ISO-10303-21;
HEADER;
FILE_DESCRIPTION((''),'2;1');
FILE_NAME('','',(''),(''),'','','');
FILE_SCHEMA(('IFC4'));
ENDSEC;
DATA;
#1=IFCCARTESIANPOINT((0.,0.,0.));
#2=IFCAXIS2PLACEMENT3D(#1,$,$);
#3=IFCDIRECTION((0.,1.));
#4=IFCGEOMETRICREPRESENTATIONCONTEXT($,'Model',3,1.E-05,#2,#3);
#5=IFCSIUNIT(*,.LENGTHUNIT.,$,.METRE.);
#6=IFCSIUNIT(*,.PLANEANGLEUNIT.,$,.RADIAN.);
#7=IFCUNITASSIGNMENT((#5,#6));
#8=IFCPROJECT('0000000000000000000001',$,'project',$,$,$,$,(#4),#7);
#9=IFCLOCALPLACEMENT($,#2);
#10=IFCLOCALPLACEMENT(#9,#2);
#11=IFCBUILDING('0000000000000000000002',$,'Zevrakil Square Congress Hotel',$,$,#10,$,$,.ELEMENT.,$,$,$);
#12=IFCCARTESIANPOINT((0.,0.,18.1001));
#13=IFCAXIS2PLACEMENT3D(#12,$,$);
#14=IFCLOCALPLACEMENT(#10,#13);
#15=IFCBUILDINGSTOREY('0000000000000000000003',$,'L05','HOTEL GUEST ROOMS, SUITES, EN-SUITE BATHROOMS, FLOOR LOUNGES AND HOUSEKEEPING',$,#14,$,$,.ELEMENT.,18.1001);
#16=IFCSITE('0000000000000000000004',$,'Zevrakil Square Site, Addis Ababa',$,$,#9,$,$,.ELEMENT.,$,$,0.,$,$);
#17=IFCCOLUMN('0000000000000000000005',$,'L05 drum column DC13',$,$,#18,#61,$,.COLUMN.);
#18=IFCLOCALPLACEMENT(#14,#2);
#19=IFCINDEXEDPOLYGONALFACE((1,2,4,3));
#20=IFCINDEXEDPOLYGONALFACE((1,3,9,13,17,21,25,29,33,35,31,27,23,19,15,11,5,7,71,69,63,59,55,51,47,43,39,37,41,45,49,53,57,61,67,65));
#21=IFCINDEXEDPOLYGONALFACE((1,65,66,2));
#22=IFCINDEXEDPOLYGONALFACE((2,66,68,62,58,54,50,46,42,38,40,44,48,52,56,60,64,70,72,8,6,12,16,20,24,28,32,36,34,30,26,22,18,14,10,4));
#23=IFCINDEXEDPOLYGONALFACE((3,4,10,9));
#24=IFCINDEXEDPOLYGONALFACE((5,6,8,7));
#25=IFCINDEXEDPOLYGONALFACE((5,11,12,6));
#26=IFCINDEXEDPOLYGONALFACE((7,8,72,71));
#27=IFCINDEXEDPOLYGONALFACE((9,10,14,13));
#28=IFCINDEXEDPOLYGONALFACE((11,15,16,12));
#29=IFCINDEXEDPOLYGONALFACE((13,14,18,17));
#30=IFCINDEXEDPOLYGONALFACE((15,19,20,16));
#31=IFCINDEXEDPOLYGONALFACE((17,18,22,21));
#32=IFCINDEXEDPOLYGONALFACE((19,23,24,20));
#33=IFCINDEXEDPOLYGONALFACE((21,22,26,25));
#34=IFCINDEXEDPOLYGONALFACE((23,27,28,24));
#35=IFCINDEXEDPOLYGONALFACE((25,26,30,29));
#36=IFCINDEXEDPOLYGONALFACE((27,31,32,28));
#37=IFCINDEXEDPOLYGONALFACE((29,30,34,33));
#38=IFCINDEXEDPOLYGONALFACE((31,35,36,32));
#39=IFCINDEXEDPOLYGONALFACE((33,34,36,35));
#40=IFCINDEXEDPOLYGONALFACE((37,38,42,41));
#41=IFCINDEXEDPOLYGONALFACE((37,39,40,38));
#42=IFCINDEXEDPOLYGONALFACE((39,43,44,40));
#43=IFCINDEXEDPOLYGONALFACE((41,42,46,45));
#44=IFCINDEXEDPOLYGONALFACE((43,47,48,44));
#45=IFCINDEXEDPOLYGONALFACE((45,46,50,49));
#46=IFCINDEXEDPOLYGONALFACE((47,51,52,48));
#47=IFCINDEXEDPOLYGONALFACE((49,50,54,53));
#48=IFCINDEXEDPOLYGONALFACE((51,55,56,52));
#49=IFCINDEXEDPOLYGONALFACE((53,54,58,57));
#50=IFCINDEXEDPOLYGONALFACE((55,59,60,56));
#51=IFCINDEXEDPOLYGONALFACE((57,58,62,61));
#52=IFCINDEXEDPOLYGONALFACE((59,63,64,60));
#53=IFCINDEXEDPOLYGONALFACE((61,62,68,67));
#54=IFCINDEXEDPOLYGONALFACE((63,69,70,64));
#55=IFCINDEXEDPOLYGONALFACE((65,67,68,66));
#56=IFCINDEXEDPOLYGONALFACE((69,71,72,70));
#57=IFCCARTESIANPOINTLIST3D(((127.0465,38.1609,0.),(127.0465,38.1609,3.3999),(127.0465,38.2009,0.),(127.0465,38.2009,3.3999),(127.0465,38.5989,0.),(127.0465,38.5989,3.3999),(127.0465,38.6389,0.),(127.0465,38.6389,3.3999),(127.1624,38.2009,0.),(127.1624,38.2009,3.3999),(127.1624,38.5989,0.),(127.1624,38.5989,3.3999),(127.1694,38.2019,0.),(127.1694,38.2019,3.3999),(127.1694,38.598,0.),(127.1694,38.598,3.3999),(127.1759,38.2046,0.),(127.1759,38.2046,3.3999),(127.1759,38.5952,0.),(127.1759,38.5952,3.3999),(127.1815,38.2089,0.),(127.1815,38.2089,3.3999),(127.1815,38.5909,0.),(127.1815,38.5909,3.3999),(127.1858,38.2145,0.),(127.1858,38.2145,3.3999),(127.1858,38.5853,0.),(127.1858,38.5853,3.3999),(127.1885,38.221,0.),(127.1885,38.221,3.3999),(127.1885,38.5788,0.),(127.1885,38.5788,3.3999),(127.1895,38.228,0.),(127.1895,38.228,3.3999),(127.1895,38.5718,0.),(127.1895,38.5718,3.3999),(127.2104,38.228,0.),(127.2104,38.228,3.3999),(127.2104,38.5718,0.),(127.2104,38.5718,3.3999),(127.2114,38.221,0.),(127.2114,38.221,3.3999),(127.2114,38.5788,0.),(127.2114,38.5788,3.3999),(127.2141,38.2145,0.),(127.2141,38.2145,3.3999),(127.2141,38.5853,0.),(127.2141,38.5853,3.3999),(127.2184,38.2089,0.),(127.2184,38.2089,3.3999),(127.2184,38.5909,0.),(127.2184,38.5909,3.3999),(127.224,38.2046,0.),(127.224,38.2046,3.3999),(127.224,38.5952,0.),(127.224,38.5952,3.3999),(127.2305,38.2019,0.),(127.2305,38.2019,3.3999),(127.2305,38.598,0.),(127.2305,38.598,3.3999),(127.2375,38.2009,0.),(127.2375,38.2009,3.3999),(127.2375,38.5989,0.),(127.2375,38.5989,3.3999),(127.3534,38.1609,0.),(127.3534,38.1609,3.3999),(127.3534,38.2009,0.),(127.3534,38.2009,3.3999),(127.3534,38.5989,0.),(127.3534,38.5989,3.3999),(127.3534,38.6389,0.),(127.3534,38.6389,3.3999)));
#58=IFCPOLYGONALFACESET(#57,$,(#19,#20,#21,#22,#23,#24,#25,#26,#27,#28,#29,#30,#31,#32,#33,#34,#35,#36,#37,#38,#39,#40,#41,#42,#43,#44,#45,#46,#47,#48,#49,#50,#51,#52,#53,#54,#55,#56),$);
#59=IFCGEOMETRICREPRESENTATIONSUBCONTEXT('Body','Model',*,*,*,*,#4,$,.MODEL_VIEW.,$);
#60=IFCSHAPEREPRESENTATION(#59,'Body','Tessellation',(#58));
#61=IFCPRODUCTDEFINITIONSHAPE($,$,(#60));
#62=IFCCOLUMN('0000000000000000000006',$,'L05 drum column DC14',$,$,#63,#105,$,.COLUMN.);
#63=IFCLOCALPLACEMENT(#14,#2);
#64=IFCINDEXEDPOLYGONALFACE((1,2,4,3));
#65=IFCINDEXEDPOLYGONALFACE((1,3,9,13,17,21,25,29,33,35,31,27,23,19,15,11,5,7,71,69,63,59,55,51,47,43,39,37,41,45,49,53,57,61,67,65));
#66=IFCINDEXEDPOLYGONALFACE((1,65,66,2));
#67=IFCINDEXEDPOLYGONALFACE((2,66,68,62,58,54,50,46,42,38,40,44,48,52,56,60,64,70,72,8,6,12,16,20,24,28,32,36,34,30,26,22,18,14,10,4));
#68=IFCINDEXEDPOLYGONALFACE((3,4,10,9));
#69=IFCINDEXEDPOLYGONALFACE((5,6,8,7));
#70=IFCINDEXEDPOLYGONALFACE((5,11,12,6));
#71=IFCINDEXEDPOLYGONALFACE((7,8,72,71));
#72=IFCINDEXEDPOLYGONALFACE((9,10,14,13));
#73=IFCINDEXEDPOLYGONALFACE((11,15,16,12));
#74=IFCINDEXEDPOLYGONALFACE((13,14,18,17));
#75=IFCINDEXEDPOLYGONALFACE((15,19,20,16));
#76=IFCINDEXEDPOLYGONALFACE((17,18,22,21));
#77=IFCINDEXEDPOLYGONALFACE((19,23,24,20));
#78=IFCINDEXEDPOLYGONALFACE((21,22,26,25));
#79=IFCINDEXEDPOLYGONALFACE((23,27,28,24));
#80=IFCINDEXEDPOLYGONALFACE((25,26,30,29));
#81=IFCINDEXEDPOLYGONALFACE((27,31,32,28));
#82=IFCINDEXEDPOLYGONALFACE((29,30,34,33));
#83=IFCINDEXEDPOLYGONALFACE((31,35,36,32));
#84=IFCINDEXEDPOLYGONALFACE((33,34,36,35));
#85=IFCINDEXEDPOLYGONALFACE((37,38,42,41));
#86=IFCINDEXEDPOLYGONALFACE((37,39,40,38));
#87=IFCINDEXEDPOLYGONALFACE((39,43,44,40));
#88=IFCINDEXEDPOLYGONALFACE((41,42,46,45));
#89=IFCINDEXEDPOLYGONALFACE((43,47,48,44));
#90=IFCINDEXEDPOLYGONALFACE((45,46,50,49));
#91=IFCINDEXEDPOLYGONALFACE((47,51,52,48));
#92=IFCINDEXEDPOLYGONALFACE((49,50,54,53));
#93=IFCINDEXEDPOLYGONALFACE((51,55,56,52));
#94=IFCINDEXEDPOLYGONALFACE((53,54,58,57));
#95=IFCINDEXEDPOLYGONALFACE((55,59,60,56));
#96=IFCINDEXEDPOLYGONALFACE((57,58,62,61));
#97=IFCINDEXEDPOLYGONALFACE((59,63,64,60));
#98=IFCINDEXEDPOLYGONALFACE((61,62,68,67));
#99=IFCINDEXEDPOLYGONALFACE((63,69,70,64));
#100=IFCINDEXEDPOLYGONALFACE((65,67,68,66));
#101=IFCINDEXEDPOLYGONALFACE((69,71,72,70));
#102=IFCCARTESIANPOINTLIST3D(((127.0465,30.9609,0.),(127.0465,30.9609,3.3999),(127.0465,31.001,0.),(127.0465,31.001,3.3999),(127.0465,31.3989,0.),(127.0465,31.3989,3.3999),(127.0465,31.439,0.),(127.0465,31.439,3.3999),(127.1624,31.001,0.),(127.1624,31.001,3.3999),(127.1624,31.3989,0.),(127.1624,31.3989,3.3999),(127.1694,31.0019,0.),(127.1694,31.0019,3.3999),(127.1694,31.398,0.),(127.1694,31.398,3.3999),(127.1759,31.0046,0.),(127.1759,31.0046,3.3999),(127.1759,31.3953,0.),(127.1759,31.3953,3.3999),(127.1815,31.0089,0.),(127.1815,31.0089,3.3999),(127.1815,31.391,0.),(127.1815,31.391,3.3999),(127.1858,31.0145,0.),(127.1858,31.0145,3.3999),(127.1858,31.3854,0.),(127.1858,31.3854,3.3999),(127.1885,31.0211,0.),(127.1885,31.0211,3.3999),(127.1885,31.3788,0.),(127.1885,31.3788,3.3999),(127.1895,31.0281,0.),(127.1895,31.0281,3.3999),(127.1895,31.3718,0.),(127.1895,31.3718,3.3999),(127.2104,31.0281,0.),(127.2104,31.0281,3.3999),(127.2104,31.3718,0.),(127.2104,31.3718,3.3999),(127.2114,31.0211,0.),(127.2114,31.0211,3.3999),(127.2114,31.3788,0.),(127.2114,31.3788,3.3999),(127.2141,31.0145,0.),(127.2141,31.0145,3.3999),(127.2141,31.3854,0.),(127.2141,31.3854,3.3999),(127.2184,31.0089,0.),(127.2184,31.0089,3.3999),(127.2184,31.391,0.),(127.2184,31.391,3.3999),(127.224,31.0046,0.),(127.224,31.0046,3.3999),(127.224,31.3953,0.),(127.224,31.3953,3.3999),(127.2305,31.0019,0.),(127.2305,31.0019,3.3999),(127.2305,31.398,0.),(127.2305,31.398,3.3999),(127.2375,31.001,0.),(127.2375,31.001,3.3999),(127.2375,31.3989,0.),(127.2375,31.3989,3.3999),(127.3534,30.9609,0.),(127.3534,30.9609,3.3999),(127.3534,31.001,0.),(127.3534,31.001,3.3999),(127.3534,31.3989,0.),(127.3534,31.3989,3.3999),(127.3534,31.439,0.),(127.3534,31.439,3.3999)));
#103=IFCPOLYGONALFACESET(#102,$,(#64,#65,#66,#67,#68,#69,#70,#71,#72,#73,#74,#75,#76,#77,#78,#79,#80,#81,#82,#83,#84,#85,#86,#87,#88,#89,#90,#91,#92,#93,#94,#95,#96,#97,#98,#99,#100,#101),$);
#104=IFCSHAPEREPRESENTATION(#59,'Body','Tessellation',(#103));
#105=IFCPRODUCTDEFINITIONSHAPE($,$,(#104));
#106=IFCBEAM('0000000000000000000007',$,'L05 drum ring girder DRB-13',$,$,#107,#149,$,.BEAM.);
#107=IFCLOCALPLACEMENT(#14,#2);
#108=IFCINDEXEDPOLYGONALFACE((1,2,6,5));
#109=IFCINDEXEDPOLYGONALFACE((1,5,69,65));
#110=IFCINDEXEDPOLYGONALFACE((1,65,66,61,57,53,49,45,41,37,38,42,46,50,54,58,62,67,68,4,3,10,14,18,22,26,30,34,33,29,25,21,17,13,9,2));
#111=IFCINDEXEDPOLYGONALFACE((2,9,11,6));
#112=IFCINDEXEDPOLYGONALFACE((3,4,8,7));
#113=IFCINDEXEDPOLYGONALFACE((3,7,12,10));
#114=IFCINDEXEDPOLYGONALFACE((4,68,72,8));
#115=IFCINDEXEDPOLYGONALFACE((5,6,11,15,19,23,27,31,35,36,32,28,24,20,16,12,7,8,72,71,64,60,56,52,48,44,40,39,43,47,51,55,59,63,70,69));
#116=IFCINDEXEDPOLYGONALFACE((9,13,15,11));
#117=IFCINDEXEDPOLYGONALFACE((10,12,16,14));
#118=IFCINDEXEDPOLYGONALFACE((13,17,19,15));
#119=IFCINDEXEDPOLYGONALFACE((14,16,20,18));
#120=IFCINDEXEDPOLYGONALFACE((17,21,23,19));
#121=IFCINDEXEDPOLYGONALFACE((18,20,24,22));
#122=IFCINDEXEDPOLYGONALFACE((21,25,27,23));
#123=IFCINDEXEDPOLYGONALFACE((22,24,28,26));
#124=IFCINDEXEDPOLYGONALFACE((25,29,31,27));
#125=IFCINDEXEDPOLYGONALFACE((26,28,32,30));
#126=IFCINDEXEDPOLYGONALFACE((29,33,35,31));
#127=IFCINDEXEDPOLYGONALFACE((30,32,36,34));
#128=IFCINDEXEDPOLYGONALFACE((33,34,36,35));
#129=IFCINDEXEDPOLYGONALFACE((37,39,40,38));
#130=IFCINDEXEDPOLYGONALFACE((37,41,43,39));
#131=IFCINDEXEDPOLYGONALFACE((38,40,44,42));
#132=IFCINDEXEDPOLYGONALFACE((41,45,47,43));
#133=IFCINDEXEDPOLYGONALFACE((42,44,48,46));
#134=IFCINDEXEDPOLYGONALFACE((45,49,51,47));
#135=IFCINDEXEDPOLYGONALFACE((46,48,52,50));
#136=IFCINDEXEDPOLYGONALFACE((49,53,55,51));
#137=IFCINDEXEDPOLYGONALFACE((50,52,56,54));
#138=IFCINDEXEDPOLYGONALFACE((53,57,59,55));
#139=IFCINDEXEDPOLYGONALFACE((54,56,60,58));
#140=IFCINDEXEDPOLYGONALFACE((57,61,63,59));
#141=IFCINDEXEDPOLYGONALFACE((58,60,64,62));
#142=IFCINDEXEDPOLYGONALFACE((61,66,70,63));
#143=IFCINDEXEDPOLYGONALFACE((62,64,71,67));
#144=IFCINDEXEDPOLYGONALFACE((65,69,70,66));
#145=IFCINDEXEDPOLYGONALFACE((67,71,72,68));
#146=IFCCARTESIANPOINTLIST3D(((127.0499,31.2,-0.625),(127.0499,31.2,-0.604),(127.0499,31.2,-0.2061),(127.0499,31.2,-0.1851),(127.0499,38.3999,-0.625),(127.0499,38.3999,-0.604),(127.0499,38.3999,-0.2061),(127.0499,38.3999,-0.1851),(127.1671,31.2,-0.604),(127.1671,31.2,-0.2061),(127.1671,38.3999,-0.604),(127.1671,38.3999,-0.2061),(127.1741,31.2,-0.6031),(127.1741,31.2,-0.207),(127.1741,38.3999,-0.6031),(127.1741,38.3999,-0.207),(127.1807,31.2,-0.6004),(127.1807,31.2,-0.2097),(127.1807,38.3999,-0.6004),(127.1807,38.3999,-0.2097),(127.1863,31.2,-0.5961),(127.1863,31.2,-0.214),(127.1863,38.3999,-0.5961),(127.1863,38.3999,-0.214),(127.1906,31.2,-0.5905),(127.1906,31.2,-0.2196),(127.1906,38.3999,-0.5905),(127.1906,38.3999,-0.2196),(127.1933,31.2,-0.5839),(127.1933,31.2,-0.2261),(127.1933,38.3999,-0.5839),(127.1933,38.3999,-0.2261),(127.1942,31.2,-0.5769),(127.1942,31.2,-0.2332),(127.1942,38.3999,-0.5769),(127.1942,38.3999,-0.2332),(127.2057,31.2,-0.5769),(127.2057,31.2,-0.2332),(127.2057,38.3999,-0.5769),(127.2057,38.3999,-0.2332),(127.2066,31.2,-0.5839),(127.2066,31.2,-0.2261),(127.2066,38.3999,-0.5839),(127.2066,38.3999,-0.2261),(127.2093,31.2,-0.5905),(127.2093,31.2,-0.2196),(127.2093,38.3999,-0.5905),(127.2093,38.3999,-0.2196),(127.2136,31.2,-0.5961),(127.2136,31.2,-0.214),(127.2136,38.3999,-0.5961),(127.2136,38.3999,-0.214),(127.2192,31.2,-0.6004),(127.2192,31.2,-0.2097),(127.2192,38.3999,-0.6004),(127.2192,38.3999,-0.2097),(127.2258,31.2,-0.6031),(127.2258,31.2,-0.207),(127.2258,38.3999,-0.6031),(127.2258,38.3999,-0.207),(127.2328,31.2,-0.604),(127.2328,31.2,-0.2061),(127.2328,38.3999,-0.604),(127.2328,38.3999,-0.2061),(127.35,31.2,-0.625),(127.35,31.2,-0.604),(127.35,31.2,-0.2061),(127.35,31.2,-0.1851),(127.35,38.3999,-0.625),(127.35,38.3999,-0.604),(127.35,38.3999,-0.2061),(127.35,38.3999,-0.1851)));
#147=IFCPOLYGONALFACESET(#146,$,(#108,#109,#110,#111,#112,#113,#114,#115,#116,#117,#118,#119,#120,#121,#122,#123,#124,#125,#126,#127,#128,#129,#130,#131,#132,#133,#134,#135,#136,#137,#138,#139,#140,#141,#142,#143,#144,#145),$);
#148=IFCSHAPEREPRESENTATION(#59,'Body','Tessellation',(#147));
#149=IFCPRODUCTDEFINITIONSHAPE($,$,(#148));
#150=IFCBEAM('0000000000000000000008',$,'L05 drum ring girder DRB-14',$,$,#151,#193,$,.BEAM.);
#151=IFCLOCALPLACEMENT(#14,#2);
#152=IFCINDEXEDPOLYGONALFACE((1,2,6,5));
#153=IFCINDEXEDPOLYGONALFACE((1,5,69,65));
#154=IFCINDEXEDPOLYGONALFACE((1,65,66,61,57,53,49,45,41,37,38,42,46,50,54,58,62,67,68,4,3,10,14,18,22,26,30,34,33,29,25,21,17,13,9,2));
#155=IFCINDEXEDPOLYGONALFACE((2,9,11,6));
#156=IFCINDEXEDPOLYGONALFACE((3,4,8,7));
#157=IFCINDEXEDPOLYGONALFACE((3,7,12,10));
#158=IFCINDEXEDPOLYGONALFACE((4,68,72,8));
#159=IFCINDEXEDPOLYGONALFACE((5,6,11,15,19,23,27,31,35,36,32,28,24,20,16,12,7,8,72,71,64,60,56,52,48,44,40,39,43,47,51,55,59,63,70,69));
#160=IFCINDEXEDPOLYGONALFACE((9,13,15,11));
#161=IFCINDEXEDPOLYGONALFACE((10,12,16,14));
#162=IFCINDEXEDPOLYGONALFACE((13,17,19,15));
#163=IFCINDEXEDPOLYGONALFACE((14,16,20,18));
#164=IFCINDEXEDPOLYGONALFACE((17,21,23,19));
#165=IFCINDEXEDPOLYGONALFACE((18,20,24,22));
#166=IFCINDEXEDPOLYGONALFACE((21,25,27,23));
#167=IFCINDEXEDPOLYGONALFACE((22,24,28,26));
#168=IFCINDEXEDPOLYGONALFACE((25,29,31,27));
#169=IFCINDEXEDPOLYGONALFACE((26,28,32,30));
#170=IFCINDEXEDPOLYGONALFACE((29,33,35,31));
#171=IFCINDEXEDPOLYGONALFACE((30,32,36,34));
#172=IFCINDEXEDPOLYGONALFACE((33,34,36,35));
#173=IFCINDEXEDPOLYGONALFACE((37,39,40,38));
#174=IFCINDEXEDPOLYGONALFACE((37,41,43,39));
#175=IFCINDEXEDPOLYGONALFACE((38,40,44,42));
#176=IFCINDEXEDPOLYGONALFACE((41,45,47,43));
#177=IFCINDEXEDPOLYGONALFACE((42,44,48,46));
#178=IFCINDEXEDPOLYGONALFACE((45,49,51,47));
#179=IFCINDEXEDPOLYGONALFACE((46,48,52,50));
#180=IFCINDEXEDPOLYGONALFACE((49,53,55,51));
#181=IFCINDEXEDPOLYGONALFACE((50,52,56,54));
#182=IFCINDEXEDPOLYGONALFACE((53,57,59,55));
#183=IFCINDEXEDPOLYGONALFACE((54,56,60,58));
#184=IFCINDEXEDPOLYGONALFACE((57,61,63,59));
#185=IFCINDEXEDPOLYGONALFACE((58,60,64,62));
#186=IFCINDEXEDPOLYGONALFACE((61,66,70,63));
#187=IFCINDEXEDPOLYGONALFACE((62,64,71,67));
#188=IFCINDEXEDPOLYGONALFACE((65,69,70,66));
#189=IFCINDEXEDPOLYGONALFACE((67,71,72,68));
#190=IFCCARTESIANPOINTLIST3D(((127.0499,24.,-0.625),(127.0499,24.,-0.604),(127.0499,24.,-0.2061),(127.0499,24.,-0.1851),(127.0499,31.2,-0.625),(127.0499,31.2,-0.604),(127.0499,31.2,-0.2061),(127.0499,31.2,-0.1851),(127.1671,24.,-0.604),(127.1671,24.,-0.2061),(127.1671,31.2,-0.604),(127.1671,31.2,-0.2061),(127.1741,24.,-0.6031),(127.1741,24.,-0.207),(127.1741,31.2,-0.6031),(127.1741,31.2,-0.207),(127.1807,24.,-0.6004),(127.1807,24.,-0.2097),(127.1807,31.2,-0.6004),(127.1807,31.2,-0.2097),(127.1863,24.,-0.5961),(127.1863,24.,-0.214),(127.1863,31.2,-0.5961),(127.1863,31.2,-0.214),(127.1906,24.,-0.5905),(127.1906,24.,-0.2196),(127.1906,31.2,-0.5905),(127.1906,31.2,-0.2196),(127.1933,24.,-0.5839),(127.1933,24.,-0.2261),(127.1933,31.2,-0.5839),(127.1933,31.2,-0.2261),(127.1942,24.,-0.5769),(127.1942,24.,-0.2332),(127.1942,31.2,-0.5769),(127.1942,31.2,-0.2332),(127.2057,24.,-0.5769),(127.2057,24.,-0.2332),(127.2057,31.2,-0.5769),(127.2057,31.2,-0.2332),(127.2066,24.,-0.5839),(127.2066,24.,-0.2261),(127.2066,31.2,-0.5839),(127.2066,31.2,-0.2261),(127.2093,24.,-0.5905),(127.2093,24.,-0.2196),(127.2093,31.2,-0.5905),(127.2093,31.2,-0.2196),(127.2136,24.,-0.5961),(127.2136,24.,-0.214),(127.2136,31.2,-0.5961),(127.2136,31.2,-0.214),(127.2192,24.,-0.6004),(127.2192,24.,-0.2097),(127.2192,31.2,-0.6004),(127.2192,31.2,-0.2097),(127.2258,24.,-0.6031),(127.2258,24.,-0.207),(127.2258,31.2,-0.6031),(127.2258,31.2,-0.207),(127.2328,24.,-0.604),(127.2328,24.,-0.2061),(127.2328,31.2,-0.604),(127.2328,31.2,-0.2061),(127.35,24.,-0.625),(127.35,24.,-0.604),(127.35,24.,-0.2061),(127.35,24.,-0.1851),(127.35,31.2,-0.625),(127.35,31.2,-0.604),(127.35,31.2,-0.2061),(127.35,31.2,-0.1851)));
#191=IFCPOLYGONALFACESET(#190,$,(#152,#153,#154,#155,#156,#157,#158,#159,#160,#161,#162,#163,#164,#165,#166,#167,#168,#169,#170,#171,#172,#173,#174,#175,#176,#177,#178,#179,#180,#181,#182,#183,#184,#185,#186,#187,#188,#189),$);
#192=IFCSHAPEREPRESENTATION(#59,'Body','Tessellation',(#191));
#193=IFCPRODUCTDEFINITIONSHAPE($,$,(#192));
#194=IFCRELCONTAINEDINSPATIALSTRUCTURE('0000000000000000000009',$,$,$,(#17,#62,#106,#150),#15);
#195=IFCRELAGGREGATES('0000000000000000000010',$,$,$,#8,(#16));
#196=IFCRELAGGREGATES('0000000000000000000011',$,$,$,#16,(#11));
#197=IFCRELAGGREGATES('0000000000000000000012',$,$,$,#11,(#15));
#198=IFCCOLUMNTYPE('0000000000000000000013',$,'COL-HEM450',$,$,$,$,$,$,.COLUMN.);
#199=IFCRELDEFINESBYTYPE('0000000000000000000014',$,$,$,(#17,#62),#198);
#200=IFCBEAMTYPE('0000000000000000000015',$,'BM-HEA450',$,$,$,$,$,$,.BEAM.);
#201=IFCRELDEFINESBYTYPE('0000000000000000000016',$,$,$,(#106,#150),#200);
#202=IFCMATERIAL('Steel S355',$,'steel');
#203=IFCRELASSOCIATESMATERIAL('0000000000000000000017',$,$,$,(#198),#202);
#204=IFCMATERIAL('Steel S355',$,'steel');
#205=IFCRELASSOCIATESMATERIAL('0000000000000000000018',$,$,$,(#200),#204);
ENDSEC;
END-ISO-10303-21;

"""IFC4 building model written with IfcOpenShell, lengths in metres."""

from ifc_helpers import new_model, si_unit, direction, frame, origin, origin_2d, place, context, subcontext, project, spatial, i_section, extrude, material, material_profile, profile_set, type_object, element, save


model = new_model("IFC4")

# Units and contexts
model_context = context("Model", 3, precision=1e-05, world=origin(), true_north=direction((0.0, 1.0)))
body_context = subcontext(model_context, "Body", "Model", "MODEL_VIEW")
ifc_project = project(units=[si_unit("LENGTHUNIT", "METRE"), si_unit("PLANEANGLEUNIT", "RADIAN")], contexts=[model_context])

# Site, building, storey
site_placement = place(None, origin())
site = spatial("IfcSite", under=ifc_project, at=site_placement, Name="Zevrakil Square Site, Addis Ababa", CompositionType="ELEMENT", RefElevation=0.0)
building_placement = place(site_placement, origin())
building = spatial("IfcBuilding", under=site, at=building_placement, Name="Zevrakil Square Congress Hotel", CompositionType="ELEMENT")
storey_placement = place(building_placement, frame((0.0, 0.0, 18.1001)))
storey = spatial("IfcBuildingStorey", under=building, at=storey_placement, Name="L05", Description="HOTEL GUEST ROOMS, SUITES, EN-SUITE BATHROOMS, FLOOR LOUNGES AND HOUSEKEEPING", CompositionType="ELEMENT", Elevation=18.1001)

# Columns
ifc_material_1 = material(Name="Steel S355", Category="steel")
ifc_material_profile_1 = material_profile(ifc_material_1, i_section(OverallWidth=0.3069, OverallDepth=0.478, WebThickness=0.021, FlangeThickness=0.04, FilletRadius=0.0271, at=origin_2d()), Name="HEM 450")
ifc_profile_set_1 = profile_set([ifc_material_profile_1], Name="Steel S355")
column_type = type_object("IfcColumnType", Name="COL-HEM450", PredefinedType="COLUMN", material=ifc_profile_set_1)
for number, where, z_axis, x_axis, name in (
    (1, (127.2, 38.3999, 0.0), (0.0, 0.0, 1.0), (1.0, 0.0, 0.0), "L05 drum column DC13"),
    (2, (127.2, 31.2, 0.0), (0.0, 0.0, 1.0), (1.0, 0.0, 0.0), "L05 drum column DC14"),
):
    element("IfcColumn", number, at=place(storey_placement, frame(where, z_axis=z_axis, x_axis=x_axis)), inside=storey, type_object=column_type, Name=name, PredefinedType="COLUMN", context=body_context, shape_type="SweptSolid", body=[
        extrude(i_section(OverallWidth=0.3069, OverallDepth=0.478, WebThickness=0.021, FlangeThickness=0.04, FilletRadius=0.0271, at=origin_2d()), origin(), (0.0, 0.0, 1.0), 3.3999),
    ])

# Beams
ifc_material_2 = material(Name="Steel S355", Category="steel")
ifc_material_profile_2 = material_profile(ifc_material_2, i_section(OverallWidth=0.3, OverallDepth=0.4399, WebThickness=0.0115, FlangeThickness=0.021, FilletRadius=0.0271, at=origin_2d()), Name="HEA 450")
ifc_profile_set_2 = profile_set([ifc_material_profile_2], Name="Steel S355")
beam_type_1 = type_object("IfcBeamType", Name="BM-HEA450", PredefinedType="BEAM", material=ifc_profile_set_2)
for number, where, z_axis, x_axis, name in (
    (3, (127.2, 38.3999, -0.405), (0.0, -1.0, 0.0), (1.0, 0.0, 0.0), "L05 drum ring girder DRB-13"),
    (4, (127.2, 31.2, -0.405), (0.0, -1.0, 0.0), (1.0, 0.0, 0.0), "L05 drum ring girder DRB-14"),
):
    element("IfcBeam", number, at=place(storey_placement, frame(where, z_axis=z_axis, x_axis=x_axis)), inside=storey, type_object=beam_type_1, Name=name, PredefinedType="BEAM", context=body_context, shape_type="SweptSolid", body=[
        extrude(i_section(OverallWidth=0.3, OverallDepth=0.4399, WebThickness=0.0115, FlangeThickness=0.021, FilletRadius=0.0271, at=origin_2d()), origin(), (0.0, 0.0, 1.0), 7.2),
    ])

save(model, "model.ifc")
